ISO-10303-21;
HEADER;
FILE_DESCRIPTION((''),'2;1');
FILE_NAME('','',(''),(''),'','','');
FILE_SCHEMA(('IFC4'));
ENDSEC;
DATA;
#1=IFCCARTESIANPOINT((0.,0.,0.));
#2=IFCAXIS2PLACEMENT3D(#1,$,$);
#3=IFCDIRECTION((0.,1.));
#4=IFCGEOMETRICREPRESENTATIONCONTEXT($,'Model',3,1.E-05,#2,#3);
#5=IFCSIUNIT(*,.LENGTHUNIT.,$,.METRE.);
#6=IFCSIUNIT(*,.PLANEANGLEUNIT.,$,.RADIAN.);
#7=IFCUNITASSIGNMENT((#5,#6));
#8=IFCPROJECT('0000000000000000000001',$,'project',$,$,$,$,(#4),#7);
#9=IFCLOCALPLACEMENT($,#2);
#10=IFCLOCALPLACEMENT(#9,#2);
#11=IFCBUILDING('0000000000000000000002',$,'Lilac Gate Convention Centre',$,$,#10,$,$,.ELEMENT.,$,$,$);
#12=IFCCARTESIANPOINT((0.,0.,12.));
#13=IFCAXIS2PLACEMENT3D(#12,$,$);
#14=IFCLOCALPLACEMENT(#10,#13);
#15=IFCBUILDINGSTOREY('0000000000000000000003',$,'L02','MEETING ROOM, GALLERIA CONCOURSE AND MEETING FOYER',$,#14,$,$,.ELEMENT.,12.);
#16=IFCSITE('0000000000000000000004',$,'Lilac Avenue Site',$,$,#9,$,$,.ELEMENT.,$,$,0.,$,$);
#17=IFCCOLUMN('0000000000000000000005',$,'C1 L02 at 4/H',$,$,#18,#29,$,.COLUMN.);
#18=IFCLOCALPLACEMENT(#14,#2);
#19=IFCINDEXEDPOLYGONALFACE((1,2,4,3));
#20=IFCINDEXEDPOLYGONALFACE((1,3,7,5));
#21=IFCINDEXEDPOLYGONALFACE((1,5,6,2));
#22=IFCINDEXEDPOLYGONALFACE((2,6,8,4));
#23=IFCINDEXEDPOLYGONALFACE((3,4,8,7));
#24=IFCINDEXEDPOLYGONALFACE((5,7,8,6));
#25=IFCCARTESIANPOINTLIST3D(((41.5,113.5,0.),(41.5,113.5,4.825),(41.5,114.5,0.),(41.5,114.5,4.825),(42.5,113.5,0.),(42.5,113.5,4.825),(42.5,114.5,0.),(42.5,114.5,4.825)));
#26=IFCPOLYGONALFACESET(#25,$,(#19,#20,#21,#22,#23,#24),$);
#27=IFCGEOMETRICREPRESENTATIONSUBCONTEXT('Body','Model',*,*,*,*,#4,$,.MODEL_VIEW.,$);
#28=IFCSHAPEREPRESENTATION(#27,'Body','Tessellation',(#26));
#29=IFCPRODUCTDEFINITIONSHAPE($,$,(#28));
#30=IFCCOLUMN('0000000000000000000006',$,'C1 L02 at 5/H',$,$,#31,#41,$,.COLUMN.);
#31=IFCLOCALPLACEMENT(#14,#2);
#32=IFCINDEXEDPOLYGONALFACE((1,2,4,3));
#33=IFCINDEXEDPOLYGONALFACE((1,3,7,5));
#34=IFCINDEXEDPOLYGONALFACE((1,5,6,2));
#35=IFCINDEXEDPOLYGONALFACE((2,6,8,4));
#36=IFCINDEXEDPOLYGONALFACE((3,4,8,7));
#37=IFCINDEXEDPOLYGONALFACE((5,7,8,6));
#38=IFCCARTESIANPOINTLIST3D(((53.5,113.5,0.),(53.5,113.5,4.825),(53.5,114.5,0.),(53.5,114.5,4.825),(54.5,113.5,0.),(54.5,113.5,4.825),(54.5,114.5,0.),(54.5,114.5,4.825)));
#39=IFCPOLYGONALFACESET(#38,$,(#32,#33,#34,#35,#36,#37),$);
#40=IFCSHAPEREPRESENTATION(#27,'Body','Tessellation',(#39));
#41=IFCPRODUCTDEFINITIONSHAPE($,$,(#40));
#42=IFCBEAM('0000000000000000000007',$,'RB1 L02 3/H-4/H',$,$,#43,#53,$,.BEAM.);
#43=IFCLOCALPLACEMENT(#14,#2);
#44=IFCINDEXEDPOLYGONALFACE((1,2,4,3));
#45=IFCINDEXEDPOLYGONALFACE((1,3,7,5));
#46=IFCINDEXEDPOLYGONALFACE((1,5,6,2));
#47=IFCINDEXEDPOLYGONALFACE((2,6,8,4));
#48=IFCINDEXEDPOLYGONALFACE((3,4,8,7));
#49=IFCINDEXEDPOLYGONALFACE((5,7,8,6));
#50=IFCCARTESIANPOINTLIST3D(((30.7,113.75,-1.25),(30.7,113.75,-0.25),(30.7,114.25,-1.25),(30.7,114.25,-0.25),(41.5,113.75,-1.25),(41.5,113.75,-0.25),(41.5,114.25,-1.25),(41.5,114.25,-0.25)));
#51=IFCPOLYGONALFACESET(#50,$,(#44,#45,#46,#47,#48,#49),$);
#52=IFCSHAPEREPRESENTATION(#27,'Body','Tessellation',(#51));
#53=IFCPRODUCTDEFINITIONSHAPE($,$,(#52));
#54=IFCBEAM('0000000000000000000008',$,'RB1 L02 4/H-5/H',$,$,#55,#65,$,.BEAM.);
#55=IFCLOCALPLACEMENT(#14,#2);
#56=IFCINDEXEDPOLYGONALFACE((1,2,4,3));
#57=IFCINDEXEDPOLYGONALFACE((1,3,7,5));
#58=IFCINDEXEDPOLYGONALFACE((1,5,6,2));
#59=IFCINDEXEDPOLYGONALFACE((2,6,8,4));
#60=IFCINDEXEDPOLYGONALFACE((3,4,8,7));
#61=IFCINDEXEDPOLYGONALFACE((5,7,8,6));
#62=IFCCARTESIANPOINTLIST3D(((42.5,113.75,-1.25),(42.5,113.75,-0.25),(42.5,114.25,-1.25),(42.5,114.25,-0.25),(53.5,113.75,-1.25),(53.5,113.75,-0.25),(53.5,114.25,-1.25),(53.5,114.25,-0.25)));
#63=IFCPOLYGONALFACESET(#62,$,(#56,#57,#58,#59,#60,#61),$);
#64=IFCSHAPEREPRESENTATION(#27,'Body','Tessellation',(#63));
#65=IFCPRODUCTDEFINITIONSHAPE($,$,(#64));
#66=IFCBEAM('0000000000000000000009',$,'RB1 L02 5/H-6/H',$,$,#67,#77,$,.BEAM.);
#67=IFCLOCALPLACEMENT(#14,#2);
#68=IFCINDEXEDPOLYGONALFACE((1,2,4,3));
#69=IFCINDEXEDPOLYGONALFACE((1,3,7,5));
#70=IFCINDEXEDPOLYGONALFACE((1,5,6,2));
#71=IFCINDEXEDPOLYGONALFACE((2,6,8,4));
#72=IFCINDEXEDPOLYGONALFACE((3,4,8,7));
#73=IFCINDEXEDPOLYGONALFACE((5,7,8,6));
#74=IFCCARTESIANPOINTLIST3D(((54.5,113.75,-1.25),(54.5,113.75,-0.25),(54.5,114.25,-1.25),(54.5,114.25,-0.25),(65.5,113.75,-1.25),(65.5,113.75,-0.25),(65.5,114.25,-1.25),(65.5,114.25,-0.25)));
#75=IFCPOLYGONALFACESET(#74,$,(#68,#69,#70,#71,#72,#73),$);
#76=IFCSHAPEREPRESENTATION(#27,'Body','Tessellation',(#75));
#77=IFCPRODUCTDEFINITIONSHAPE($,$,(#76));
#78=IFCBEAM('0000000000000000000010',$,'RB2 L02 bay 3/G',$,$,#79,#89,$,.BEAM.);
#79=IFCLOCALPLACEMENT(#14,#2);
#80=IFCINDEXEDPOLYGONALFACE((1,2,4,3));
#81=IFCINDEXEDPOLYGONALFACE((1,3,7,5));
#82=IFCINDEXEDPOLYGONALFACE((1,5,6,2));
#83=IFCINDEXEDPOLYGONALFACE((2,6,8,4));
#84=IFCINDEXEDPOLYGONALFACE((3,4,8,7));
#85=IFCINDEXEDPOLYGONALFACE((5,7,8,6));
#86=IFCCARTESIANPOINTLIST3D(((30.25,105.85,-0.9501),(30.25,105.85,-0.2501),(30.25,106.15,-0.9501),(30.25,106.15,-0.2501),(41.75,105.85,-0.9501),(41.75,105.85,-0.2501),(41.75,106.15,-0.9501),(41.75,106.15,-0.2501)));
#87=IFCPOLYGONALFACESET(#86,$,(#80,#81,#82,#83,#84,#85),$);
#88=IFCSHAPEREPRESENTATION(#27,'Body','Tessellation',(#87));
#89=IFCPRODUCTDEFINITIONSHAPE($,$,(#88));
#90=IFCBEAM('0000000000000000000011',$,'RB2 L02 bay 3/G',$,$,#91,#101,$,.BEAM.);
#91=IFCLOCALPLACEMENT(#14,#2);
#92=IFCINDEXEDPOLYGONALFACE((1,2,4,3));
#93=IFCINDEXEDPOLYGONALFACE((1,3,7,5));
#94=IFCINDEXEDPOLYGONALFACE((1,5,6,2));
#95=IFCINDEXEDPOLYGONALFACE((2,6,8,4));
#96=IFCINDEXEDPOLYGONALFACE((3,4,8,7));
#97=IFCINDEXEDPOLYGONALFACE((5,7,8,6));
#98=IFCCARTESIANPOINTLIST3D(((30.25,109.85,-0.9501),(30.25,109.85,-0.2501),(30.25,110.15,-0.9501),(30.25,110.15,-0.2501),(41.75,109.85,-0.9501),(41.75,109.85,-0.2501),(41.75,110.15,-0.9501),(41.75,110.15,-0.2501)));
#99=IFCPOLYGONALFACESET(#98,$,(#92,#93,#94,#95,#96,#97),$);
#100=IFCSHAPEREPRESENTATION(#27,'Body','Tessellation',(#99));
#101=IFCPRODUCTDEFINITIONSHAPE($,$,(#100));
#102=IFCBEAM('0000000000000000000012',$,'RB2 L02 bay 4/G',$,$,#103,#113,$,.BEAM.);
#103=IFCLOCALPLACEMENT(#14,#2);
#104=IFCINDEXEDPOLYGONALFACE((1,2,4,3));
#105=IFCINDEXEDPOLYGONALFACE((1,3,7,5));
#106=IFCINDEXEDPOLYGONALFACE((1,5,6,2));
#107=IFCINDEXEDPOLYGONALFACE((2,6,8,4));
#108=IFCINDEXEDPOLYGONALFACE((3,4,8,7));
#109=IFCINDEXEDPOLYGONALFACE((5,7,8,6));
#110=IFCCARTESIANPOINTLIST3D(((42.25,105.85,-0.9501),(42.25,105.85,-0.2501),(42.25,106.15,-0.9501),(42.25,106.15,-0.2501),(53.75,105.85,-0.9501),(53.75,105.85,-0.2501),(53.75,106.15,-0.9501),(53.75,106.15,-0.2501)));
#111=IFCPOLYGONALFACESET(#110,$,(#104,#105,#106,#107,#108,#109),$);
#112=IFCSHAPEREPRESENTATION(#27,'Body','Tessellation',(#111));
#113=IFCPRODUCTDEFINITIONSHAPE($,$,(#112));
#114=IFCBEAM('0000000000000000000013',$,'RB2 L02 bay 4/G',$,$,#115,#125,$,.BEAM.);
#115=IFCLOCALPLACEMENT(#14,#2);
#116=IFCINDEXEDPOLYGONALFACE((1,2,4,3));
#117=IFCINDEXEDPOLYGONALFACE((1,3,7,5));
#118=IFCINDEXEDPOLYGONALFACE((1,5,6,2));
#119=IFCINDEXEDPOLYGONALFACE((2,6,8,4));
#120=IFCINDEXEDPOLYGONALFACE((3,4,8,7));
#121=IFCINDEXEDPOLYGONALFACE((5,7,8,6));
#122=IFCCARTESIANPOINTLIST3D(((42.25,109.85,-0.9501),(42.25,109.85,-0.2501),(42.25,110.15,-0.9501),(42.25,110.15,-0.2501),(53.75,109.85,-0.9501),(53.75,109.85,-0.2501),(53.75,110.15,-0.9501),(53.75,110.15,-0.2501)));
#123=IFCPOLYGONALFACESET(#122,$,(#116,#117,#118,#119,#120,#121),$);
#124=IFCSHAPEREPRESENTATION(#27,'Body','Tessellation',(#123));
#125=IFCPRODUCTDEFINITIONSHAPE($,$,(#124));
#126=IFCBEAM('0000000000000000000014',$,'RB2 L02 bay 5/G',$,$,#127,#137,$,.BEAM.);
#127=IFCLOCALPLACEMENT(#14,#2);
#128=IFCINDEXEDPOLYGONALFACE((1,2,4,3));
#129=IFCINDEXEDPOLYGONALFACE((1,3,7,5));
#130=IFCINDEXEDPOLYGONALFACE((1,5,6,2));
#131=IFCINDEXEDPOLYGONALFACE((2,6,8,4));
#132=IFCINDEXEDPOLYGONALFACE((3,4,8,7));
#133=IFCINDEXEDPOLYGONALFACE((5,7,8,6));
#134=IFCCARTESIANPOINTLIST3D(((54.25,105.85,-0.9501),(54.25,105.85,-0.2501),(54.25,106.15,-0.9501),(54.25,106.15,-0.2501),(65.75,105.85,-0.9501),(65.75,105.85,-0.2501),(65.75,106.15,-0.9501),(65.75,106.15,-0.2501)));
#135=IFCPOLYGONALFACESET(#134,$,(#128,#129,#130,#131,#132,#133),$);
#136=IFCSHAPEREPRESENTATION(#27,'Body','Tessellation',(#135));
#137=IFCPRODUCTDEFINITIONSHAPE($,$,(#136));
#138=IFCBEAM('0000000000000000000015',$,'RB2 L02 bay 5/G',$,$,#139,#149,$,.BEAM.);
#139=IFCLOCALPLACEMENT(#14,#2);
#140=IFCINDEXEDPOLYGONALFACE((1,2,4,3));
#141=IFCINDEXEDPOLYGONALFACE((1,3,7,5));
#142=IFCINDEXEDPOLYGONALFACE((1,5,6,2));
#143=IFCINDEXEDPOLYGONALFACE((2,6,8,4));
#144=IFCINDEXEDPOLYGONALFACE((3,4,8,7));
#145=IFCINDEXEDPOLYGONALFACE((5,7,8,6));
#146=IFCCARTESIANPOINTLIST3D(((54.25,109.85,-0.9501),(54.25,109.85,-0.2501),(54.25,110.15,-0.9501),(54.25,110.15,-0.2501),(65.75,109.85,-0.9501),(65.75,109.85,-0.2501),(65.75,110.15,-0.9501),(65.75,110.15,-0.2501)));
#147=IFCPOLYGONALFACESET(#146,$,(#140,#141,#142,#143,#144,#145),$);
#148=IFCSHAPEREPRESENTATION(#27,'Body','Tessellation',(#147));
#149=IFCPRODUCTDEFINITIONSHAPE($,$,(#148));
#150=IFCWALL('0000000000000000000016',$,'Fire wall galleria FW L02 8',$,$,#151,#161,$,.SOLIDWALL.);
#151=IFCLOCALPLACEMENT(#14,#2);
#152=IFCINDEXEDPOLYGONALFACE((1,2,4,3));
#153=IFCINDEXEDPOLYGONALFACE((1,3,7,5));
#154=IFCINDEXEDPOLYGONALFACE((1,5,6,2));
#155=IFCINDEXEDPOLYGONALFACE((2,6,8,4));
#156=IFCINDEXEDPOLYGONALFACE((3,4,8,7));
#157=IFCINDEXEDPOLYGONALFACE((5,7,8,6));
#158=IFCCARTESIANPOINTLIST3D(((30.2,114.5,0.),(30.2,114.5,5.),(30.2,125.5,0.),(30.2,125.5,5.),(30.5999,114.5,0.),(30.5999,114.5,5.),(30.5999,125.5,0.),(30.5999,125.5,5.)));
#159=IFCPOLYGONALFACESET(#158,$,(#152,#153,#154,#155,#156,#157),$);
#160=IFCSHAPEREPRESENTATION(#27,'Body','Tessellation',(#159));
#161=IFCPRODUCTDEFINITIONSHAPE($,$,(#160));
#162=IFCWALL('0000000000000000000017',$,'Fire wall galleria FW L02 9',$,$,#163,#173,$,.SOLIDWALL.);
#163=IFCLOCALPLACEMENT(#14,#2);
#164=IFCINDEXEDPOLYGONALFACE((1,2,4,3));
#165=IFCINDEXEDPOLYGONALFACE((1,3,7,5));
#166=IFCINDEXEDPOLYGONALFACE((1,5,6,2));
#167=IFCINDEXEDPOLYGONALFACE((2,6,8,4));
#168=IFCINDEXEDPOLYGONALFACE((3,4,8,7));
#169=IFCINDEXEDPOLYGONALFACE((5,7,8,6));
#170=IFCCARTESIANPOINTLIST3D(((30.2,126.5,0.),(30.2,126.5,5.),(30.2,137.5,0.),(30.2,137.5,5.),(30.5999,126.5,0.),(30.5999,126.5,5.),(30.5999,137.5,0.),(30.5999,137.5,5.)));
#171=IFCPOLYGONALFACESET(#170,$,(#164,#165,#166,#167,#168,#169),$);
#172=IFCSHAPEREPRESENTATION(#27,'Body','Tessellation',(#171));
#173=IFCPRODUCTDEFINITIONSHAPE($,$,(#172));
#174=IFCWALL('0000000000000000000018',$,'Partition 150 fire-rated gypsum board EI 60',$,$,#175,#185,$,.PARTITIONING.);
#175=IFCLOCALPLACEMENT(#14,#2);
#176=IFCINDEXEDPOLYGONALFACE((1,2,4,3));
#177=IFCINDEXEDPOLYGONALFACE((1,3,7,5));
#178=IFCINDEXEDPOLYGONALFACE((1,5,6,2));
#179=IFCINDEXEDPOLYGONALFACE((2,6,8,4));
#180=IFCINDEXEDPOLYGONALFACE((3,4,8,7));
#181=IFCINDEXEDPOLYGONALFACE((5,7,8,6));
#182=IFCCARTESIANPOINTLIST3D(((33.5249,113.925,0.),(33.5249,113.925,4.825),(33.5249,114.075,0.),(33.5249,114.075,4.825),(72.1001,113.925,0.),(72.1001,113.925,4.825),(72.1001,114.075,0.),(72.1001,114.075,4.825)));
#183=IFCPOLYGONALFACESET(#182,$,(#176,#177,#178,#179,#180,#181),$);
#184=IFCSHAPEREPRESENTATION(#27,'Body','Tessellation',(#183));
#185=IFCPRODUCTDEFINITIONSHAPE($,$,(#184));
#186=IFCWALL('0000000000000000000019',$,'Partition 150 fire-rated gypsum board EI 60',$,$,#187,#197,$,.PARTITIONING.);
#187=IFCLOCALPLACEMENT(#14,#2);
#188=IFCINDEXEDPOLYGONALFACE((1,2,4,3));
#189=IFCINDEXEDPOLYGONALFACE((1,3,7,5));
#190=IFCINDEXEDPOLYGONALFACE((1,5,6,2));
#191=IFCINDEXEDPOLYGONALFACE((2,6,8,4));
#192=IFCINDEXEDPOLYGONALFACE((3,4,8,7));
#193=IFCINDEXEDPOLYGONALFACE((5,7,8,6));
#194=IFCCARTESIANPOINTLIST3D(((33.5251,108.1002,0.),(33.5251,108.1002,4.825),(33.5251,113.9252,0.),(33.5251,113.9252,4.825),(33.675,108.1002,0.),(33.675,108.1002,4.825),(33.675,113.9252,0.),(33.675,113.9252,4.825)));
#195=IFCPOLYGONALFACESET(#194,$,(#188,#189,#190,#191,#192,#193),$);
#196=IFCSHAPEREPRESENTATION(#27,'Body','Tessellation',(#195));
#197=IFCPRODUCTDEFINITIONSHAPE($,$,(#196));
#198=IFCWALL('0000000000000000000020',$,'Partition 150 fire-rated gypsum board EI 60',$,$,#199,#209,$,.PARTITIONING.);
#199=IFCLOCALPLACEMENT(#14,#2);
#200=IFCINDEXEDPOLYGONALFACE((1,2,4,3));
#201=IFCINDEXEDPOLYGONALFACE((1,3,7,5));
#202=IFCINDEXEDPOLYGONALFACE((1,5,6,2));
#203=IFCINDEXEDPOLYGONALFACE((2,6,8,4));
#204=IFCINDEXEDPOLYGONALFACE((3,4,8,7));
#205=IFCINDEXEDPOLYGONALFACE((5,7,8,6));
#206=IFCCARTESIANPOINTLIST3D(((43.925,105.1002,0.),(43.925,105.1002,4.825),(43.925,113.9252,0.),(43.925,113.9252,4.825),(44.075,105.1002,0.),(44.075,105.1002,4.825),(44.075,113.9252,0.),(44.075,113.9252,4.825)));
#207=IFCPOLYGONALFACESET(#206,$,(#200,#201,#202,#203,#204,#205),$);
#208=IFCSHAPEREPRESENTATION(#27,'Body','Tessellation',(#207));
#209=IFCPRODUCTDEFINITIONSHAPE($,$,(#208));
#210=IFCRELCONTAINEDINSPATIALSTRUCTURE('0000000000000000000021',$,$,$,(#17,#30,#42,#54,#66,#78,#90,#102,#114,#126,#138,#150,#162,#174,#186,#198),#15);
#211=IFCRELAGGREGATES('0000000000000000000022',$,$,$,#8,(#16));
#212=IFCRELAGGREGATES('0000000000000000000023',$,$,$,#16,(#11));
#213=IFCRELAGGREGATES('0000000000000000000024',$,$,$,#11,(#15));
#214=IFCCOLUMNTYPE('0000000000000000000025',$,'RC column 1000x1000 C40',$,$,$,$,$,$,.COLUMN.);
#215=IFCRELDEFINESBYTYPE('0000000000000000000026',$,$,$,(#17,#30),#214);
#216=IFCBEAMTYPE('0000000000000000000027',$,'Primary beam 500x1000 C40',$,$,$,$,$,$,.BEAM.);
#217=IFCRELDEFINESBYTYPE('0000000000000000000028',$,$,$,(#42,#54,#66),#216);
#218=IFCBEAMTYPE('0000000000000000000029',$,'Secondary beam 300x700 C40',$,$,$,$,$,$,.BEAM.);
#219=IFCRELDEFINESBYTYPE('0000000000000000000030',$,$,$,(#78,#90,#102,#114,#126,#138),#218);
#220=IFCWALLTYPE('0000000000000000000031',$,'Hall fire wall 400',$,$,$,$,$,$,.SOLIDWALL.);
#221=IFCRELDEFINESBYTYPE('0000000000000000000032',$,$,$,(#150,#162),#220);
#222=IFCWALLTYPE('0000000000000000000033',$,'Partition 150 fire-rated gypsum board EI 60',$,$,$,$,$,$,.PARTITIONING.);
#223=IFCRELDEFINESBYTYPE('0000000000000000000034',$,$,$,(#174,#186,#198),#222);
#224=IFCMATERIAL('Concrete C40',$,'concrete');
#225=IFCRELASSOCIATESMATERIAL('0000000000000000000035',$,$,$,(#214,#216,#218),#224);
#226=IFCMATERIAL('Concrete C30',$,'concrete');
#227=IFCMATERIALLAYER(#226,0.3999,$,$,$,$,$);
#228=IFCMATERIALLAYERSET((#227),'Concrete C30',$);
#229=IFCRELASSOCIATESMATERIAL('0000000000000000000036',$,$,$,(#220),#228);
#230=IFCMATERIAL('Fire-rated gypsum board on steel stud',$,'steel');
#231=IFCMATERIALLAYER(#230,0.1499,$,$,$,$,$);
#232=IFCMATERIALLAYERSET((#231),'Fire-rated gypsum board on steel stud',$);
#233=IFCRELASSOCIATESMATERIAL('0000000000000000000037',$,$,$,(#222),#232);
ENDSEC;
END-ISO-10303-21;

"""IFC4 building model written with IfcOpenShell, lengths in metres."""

from ifc_helpers import new_model, si_unit, direction, frame, frame_2d, origin, origin_2d, place, context, subcontext, project, spatial, rectangle, extrude, material, layer, layer_set, material_profile, profile_set, type_object, element, save


model = new_model("IFC4")

# Units and contexts
model_context = context("Model", 3, precision=1e-05, world=origin(), true_north=direction((0.0, 1.0)))
body_context = subcontext(model_context, "Body", "Model", "MODEL_VIEW")
ifc_project = project(units=[si_unit("LENGTHUNIT", "METRE"), si_unit("PLANEANGLEUNIT", "RADIAN")], contexts=[model_context])

# Site, building, storey
site_placement = place(None, origin())
site = spatial("IfcSite", under=ifc_project, at=site_placement, Name="Lilac Avenue Site", CompositionType="ELEMENT", RefElevation=0.0)
building_placement = place(site_placement, origin())
building = spatial("IfcBuilding", under=site, at=building_placement, Name="Lilac Gate Convention Centre", CompositionType="ELEMENT")
storey_placement = place(building_placement, frame((0.0, 0.0, 12.0)))
storey = spatial("IfcBuildingStorey", under=building, at=storey_placement, Name="L02", Description="MEETING ROOM, GALLERIA CONCOURSE AND MEETING FOYER", CompositionType="ELEMENT", Elevation=12.0)

# Columns
ifc_material_1 = material(Name="Concrete C40", Category="concrete")
ifc_material_profile_1 = material_profile(ifc_material_1, rectangle(XDim=1.0, YDim=1.0, at=origin_2d()), Name="RC 1000x1000")
ifc_profile_set_1 = profile_set([ifc_material_profile_1], Name="Concrete C40")
column_type = type_object("IfcColumnType", Name="RC column 1000x1000 C40", PredefinedType="COLUMN", material=ifc_profile_set_1)
for number, where, z_axis, x_axis, name in (
    (1, (42.0, 114.0, 0.0), (0.0, 0.0, 1.0), (1.0, 0.0, 0.0), "C1 L02 at 4/H"),
    (2, (54.0, 114.0, 0.0), (0.0, 0.0, 1.0), (1.0, 0.0, 0.0), "C1 L02 at 5/H"),
):
    element("IfcColumn", number, at=place(storey_placement, frame(where, z_axis=z_axis, x_axis=x_axis)), inside=storey, type_object=column_type, Name=name, PredefinedType="COLUMN", context=body_context, shape_type="SweptSolid", body=[
        extrude(rectangle(XDim=1.0, YDim=1.0, at=origin_2d()), origin(), (0.0, 0.0, 1.0), 4.825),
    ])

# Beams
ifc_material_profile_2 = material_profile(ifc_material_1, rectangle(XDim=0.5, YDim=1.0, at=origin_2d()), Name="RC 500x1000")
ifc_profile_set_2 = profile_set([ifc_material_profile_2], Name="Concrete C40")
beam_type_1 = type_object("IfcBeamType", Name="Primary beam 500x1000 C40", PredefinedType="BEAM", material=ifc_profile_set_2)
beam_placement = place(storey_placement, frame((30.7, 114.0, -0.75), z_axis=(1.0, 0.0, 0.0), x_axis=(0.0, 1.0, 0.0)))
element("IfcBeam", 3, at=beam_placement, inside=storey, type_object=beam_type_1, Name="RB1 L02 3/H-4/H", PredefinedType="BEAM", context=body_context, shape_type="SweptSolid", body=[
    extrude(rectangle(XDim=0.5, YDim=1.0, at=origin_2d()), origin(), (0.0, 0.0, 1.0), 10.8),
])
for number, where, z_axis, x_axis, name in (
    (4, (42.5, 114.0, -0.75), (1.0, 0.0, 0.0), (0.0, 1.0, 0.0), "RB1 L02 4/H-5/H"),
    (5, (54.5, 114.0, -0.75), (1.0, 0.0, 0.0), (0.0, 1.0, 0.0), "RB1 L02 5/H-6/H"),
):
    element("IfcBeam", number, at=place(storey_placement, frame(where, z_axis=z_axis, x_axis=x_axis)), inside=storey, type_object=beam_type_1, Name=name, PredefinedType="BEAM", context=body_context, shape_type="SweptSolid", body=[
        extrude(rectangle(XDim=0.5, YDim=1.0, at=origin_2d()), origin(), (0.0, 0.0, 1.0), 11.0),
    ])
ifc_material_profile_3 = material_profile(ifc_material_1, rectangle(XDim=0.3, YDim=0.7, at=origin_2d()), Name="RC 300x700")
ifc_profile_set_3 = profile_set([ifc_material_profile_3], Name="Concrete C40")
beam_type_2 = type_object("IfcBeamType", Name="Secondary beam 300x700 C40", PredefinedType="BEAM", material=ifc_profile_set_3)
for number, where, z_axis, x_axis, name in (
    (6, (30.25, 106.0, -0.6001), (1.0, 0.0, 0.0), (0.0, 1.0, 0.0), "RB2 L02 bay 3/G"),
    (7, (30.25, 110.0, -0.6001), (1.0, 0.0, 0.0), (0.0, 1.0, 0.0), "RB2 L02 bay 3/G"),
    (8, (42.25, 106.0, -0.6001), (1.0, 0.0, 0.0), (0.0, 1.0, 0.0), "RB2 L02 bay 4/G"),
    (9, (42.25, 110.0, -0.6001), (1.0, 0.0, 0.0), (0.0, 1.0, 0.0), "RB2 L02 bay 4/G"),
    (10, (54.25, 106.0, -0.6001), (1.0, 0.0, 0.0), (0.0, 1.0, 0.0), "RB2 L02 bay 5/G"),
    (11, (54.25, 110.0, -0.6001), (1.0, 0.0, 0.0), (0.0, 1.0, 0.0), "RB2 L02 bay 5/G"),
):
    element("IfcBeam", number, at=place(storey_placement, frame(where, z_axis=z_axis, x_axis=x_axis)), inside=storey, type_object=beam_type_2, Name=name, PredefinedType="BEAM", context=body_context, shape_type="SweptSolid", body=[
        extrude(rectangle(XDim=0.3, YDim=0.7, at=origin_2d()), origin(), (0.0, 0.0, 1.0), 11.5),
    ])

# Walls
ifc_material_2 = material(Name="Concrete C30", Category="concrete")
ifc_layer_1 = layer(ifc_material_2, 0.3999)
ifc_layer_set_1 = layer_set([ifc_layer_1], Name="Concrete C30")
wall_type_1 = type_object("IfcWallType", Name="Hall fire wall 400", PredefinedType="SOLIDWALL", material=ifc_layer_set_1)
for number, where, z_axis, x_axis, name in (
    (12, (30.3999, 114.5, 0.0), (0.0, 0.0, 1.0), (0.0, 1.0, 0.0), "Fire wall galleria FW L02 8"),
    (13, (30.3999, 126.5, 0.0), (0.0, 0.0, 1.0), (0.0, 1.0, 0.0), "Fire wall galleria FW L02 9"),
):
    element("IfcWall", number, at=place(storey_placement, frame(where, z_axis=z_axis, x_axis=x_axis)), inside=storey, type_object=wall_type_1, Name=name, PredefinedType="SOLIDWALL", context=body_context, shape_type="SweptSolid", body=[
        extrude(rectangle(XDim=11.0, YDim=0.3999, at=frame_2d((5.5, 0.0))), origin(), (0.0, 0.0, 1.0), 5.0),
    ])
ifc_material_3 = material(Name="Fire-rated gypsum board on steel stud", Category="steel")
ifc_layer_2 = layer(ifc_material_3, 0.1499)
ifc_layer_set_2 = layer_set([ifc_layer_2], Name="Fire-rated gypsum board on steel stud")
wall_type_2 = type_object("IfcWallType", Name="Partition 150 fire-rated gypsum board EI 60", PredefinedType="PARTITIONING", material=ifc_layer_set_2)
wall_1_placement = place(storey_placement, frame((33.5249, 114.0, 0.0), z_axis=(0.0, 0.0, 1.0), x_axis=(1.0, 0.0, 0.0)))
element("IfcWall", 14, at=wall_1_placement, inside=storey, type_object=wall_type_2, Name="Partition 150 fire-rated gypsum board EI 60", PredefinedType="PARTITIONING", context=body_context, shape_type="SweptSolid", body=[
    extrude(rectangle(XDim=38.5752, YDim=0.1499, at=frame_2d((19.2876, 0.0))), origin(), (0.0, 0.0, 1.0), 4.825),
])
wall_2_placement = place(storey_placement, frame((33.6001, 108.1001, 0.0), z_axis=(0.0, 0.0, 1.0), x_axis=(0.0, 1.0, 0.0)))
element("IfcWall", 15, at=wall_2_placement, inside=storey, type_object=wall_type_2, Name="Partition 150 fire-rated gypsum board EI 60", PredefinedType="PARTITIONING", context=body_context, shape_type="SweptSolid", body=[
    extrude(rectangle(XDim=5.825, YDim=0.1499, at=frame_2d((2.9126, 0.0))), origin(), (0.0, 0.0, 1.0), 4.825),
])
wall_3_placement = place(storey_placement, frame((44.0, 105.1001, 0.0), z_axis=(0.0, 0.0, 1.0), x_axis=(0.0, 1.0, 0.0)))
element("IfcWall", 16, at=wall_3_placement, inside=storey, type_object=wall_type_2, Name="Partition 150 fire-rated gypsum board EI 60", PredefinedType="PARTITIONING", context=body_context, shape_type="SweptSolid", body=[
    extrude(rectangle(XDim=8.825, YDim=0.1499, at=frame_2d((4.4126, 0.0))), origin(), (0.0, 0.0, 1.0), 4.825),
])

save(model, "model.ifc")
